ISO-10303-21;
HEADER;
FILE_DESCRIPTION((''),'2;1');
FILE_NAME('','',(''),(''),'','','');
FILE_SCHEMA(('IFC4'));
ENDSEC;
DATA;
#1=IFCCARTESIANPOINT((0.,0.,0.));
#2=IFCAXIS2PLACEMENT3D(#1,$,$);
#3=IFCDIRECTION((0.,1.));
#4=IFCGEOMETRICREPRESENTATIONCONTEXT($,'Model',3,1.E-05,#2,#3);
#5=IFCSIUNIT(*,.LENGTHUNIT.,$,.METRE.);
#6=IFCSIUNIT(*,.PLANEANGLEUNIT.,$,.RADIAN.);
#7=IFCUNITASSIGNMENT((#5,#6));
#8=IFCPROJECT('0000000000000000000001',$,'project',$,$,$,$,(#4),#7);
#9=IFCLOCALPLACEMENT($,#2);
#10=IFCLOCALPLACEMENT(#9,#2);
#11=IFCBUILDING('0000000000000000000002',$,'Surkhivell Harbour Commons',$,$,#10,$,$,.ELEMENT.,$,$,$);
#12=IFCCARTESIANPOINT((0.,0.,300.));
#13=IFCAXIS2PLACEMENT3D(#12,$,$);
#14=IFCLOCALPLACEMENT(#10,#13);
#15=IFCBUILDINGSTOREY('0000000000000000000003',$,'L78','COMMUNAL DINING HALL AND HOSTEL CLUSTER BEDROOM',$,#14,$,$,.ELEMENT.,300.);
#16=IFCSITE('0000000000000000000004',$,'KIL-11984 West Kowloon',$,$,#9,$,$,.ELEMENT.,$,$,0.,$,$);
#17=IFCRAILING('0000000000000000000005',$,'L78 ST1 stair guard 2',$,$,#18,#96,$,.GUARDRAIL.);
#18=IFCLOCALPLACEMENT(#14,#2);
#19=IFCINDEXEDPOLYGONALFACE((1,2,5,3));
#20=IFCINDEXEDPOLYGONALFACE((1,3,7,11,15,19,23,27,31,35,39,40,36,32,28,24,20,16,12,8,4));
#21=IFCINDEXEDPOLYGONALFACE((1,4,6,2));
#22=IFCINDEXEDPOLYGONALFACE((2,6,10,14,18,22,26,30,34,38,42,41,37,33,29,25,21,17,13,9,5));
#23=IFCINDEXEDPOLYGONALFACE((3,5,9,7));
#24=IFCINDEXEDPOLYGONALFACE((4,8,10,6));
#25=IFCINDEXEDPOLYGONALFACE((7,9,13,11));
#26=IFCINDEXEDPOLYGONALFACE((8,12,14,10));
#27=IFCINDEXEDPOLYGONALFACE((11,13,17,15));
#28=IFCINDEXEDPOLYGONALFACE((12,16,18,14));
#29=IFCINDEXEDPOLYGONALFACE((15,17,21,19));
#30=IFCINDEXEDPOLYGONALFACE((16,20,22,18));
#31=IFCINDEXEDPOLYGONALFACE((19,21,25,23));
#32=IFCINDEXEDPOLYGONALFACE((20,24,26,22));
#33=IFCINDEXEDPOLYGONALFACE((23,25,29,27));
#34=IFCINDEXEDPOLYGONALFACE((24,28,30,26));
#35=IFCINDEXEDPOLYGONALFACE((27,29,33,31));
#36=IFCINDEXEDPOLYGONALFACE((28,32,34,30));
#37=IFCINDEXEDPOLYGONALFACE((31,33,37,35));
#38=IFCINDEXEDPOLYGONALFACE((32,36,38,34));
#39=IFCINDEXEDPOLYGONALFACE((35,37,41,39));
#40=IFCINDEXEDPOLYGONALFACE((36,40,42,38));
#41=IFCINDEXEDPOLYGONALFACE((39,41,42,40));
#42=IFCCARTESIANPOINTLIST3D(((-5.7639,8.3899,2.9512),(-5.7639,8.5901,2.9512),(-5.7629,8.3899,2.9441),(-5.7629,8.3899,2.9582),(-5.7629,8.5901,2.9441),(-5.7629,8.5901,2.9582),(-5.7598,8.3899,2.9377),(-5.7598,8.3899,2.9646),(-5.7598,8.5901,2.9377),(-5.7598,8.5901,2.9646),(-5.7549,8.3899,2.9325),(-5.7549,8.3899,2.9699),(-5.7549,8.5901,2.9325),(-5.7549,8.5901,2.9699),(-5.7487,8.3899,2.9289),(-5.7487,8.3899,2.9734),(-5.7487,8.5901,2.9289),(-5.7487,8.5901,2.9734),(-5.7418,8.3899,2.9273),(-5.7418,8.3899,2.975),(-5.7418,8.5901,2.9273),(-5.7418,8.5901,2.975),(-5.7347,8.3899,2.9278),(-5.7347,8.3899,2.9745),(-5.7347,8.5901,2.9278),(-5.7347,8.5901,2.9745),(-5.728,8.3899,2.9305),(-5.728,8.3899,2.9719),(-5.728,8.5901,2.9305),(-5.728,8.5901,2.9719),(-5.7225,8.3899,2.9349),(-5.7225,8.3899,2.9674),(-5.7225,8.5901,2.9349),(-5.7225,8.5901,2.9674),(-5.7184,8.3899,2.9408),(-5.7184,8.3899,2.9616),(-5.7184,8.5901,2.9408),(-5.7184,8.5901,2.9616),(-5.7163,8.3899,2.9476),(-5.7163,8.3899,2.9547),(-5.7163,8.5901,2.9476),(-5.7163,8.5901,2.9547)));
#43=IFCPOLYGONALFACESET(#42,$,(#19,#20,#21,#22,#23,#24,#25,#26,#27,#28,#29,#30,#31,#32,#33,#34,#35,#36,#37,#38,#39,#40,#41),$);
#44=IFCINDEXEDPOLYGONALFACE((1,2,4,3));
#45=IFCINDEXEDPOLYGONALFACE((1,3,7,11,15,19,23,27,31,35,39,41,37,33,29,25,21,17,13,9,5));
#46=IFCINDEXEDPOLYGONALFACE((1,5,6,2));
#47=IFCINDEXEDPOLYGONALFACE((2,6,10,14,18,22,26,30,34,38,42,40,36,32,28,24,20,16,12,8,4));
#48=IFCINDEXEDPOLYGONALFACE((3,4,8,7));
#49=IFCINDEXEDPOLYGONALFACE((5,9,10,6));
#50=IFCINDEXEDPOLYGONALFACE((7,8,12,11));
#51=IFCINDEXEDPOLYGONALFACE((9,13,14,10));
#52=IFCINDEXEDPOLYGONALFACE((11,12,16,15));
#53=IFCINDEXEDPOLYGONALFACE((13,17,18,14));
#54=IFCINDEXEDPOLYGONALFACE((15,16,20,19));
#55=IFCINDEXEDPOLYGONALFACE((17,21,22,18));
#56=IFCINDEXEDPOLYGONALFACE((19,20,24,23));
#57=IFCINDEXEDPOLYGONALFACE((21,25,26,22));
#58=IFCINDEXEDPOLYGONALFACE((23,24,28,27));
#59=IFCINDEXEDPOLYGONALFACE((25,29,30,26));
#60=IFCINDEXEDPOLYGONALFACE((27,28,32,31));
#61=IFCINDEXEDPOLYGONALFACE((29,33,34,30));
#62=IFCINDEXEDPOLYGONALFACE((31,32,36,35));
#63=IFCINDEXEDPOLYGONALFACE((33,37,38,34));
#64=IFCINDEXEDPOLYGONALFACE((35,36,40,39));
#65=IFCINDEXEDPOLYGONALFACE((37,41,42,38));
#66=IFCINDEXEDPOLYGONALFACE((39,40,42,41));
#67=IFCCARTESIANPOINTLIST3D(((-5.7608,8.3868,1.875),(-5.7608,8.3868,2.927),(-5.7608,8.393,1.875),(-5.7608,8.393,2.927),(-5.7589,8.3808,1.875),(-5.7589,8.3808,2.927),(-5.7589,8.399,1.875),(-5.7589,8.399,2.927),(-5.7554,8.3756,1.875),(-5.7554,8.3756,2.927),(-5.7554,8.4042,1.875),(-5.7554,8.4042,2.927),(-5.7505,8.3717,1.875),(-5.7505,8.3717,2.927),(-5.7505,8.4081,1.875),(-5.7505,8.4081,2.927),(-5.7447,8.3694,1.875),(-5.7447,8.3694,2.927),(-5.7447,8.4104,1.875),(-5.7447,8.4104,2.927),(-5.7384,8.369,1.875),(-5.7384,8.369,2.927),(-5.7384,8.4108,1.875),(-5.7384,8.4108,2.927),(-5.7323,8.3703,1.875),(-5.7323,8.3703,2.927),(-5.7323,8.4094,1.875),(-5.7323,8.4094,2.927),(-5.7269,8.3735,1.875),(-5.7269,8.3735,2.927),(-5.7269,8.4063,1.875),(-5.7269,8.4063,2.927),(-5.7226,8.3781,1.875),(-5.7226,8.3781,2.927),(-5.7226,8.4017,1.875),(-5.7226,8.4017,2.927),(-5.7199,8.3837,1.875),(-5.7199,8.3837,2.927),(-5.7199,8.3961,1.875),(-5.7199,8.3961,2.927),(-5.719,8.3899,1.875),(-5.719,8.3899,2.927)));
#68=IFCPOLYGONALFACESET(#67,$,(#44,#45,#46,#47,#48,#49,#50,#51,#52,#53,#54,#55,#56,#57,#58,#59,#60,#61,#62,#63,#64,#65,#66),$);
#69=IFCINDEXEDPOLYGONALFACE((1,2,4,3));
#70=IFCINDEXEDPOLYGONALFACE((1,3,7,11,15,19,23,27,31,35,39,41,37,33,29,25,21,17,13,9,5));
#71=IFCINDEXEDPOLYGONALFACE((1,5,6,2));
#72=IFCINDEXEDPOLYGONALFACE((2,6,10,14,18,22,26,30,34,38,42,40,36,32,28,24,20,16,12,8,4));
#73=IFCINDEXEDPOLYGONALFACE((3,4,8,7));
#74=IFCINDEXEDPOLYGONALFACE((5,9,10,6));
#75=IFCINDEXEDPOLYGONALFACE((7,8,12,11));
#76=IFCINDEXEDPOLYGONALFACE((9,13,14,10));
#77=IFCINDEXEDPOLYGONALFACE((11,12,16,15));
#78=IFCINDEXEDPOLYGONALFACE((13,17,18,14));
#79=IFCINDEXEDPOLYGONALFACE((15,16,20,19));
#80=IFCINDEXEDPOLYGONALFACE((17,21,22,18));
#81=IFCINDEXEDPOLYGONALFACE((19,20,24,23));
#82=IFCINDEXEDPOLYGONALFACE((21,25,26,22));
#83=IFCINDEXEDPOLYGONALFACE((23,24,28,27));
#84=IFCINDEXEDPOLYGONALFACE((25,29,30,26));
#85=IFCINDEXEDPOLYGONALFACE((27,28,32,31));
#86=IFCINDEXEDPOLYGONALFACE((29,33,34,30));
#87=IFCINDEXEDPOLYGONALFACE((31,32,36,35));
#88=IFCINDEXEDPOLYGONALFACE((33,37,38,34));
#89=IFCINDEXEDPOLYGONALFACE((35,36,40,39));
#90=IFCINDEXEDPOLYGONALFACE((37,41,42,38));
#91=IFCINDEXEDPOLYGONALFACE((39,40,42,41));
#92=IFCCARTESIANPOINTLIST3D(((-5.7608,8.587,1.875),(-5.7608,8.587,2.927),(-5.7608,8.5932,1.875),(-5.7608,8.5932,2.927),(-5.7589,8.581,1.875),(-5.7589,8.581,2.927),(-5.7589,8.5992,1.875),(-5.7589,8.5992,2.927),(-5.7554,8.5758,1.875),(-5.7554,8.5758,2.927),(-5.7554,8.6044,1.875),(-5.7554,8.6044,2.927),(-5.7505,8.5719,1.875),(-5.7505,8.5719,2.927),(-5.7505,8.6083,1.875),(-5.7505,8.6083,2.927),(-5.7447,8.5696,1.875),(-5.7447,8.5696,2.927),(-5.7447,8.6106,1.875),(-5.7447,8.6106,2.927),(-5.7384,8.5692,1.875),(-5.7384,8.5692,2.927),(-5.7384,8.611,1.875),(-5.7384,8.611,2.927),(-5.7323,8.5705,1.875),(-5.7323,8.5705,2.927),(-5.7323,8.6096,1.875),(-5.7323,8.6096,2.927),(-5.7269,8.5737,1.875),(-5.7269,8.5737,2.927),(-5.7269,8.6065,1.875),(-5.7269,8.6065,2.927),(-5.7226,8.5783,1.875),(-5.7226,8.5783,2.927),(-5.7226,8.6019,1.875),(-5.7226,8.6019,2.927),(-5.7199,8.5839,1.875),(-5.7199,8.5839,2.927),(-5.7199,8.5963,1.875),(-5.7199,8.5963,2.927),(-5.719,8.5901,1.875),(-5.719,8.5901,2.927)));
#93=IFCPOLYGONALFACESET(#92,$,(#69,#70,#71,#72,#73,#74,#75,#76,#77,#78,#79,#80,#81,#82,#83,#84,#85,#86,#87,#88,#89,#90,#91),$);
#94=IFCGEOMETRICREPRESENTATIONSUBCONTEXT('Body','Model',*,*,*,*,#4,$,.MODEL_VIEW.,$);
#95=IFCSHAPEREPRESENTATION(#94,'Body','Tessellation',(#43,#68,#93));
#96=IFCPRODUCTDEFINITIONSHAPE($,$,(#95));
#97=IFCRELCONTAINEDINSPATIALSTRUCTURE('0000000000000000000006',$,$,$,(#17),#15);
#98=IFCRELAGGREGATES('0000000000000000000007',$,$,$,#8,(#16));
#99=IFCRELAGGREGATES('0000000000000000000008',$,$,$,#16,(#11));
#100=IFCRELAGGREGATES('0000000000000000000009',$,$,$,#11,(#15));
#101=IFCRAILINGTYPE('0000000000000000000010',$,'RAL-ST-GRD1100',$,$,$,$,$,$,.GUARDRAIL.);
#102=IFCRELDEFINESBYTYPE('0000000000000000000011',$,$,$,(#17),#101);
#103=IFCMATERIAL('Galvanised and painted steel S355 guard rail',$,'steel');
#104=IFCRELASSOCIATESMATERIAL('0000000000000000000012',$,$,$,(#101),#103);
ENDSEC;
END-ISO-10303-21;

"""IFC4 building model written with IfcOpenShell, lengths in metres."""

from ifc_helpers import new_model, si_unit, direction, frame, origin, origin_2d, place, context, subcontext, project, spatial, circle, extrude, material, type_object, element, save


model = new_model("IFC4")

# Units and contexts
model_context = context("Model", 3, precision=1e-05, world=origin(), true_north=direction((0.0, 1.0)))
body_context = subcontext(model_context, "Body", "Model", "MODEL_VIEW")
ifc_project = project(units=[si_unit("LENGTHUNIT", "METRE"), si_unit("PLANEANGLEUNIT", "RADIAN")], contexts=[model_context])

# Site, building, storey
site_placement = place(None, origin())
site = spatial("IfcSite", under=ifc_project, at=site_placement, Name="KIL-11984 West Kowloon", CompositionType="ELEMENT", RefElevation=0.0)
building_placement = place(site_placement, origin())
building = spatial("IfcBuilding", under=site, at=building_placement, Name="Surkhivell Harbour Commons", CompositionType="ELEMENT")
storey_placement = place(building_placement, frame((0.0, 0.0, 300.0)))
storey = spatial("IfcBuildingStorey", under=building, at=storey_placement, Name="L78", Description="COMMUNAL DINING HALL AND HOSTEL CLUSTER BEDROOM", CompositionType="ELEMENT", Elevation=300.0)

# Railing
ifc_material_1 = material(Name="Galvanised and painted steel S355 guard rail", Category="steel")
railing_type_1 = type_object("IfcRailingType", Name="RAL-ST-GRD1100", PredefinedType="GUARDRAIL", material=ifc_material_1)
railing_1_placement = place(storey_placement, frame((-5.74, 8.3899, 1.875)))
element("IfcRailing", 1, at=railing_1_placement, inside=storey, type_object=railing_type_1, Name="L78 ST1 stair guard 2", PredefinedType="GUARDRAIL", context=body_context, shape_type="SweptSolid", body=[
    extrude(circle(Radius=0.0239, at=origin_2d()), frame((0.0, 0.0, 1.0762), z_axis=(0.0, 1.0, 0.0), x_axis=(-1.0, 0.0, 0.0)), (0.0, 0.0, 1.0), 0.2002),
    extrude(circle(Radius=0.021, at=origin_2d()), origin(), (0.0, 0.0, 1.0), 1.052),
    extrude(circle(Radius=0.021, at=origin_2d()), frame((0.0, 0.2002, 0.0)), (0.0, 0.0, 1.0), 1.052),
])

save(model, "model.ifc")
